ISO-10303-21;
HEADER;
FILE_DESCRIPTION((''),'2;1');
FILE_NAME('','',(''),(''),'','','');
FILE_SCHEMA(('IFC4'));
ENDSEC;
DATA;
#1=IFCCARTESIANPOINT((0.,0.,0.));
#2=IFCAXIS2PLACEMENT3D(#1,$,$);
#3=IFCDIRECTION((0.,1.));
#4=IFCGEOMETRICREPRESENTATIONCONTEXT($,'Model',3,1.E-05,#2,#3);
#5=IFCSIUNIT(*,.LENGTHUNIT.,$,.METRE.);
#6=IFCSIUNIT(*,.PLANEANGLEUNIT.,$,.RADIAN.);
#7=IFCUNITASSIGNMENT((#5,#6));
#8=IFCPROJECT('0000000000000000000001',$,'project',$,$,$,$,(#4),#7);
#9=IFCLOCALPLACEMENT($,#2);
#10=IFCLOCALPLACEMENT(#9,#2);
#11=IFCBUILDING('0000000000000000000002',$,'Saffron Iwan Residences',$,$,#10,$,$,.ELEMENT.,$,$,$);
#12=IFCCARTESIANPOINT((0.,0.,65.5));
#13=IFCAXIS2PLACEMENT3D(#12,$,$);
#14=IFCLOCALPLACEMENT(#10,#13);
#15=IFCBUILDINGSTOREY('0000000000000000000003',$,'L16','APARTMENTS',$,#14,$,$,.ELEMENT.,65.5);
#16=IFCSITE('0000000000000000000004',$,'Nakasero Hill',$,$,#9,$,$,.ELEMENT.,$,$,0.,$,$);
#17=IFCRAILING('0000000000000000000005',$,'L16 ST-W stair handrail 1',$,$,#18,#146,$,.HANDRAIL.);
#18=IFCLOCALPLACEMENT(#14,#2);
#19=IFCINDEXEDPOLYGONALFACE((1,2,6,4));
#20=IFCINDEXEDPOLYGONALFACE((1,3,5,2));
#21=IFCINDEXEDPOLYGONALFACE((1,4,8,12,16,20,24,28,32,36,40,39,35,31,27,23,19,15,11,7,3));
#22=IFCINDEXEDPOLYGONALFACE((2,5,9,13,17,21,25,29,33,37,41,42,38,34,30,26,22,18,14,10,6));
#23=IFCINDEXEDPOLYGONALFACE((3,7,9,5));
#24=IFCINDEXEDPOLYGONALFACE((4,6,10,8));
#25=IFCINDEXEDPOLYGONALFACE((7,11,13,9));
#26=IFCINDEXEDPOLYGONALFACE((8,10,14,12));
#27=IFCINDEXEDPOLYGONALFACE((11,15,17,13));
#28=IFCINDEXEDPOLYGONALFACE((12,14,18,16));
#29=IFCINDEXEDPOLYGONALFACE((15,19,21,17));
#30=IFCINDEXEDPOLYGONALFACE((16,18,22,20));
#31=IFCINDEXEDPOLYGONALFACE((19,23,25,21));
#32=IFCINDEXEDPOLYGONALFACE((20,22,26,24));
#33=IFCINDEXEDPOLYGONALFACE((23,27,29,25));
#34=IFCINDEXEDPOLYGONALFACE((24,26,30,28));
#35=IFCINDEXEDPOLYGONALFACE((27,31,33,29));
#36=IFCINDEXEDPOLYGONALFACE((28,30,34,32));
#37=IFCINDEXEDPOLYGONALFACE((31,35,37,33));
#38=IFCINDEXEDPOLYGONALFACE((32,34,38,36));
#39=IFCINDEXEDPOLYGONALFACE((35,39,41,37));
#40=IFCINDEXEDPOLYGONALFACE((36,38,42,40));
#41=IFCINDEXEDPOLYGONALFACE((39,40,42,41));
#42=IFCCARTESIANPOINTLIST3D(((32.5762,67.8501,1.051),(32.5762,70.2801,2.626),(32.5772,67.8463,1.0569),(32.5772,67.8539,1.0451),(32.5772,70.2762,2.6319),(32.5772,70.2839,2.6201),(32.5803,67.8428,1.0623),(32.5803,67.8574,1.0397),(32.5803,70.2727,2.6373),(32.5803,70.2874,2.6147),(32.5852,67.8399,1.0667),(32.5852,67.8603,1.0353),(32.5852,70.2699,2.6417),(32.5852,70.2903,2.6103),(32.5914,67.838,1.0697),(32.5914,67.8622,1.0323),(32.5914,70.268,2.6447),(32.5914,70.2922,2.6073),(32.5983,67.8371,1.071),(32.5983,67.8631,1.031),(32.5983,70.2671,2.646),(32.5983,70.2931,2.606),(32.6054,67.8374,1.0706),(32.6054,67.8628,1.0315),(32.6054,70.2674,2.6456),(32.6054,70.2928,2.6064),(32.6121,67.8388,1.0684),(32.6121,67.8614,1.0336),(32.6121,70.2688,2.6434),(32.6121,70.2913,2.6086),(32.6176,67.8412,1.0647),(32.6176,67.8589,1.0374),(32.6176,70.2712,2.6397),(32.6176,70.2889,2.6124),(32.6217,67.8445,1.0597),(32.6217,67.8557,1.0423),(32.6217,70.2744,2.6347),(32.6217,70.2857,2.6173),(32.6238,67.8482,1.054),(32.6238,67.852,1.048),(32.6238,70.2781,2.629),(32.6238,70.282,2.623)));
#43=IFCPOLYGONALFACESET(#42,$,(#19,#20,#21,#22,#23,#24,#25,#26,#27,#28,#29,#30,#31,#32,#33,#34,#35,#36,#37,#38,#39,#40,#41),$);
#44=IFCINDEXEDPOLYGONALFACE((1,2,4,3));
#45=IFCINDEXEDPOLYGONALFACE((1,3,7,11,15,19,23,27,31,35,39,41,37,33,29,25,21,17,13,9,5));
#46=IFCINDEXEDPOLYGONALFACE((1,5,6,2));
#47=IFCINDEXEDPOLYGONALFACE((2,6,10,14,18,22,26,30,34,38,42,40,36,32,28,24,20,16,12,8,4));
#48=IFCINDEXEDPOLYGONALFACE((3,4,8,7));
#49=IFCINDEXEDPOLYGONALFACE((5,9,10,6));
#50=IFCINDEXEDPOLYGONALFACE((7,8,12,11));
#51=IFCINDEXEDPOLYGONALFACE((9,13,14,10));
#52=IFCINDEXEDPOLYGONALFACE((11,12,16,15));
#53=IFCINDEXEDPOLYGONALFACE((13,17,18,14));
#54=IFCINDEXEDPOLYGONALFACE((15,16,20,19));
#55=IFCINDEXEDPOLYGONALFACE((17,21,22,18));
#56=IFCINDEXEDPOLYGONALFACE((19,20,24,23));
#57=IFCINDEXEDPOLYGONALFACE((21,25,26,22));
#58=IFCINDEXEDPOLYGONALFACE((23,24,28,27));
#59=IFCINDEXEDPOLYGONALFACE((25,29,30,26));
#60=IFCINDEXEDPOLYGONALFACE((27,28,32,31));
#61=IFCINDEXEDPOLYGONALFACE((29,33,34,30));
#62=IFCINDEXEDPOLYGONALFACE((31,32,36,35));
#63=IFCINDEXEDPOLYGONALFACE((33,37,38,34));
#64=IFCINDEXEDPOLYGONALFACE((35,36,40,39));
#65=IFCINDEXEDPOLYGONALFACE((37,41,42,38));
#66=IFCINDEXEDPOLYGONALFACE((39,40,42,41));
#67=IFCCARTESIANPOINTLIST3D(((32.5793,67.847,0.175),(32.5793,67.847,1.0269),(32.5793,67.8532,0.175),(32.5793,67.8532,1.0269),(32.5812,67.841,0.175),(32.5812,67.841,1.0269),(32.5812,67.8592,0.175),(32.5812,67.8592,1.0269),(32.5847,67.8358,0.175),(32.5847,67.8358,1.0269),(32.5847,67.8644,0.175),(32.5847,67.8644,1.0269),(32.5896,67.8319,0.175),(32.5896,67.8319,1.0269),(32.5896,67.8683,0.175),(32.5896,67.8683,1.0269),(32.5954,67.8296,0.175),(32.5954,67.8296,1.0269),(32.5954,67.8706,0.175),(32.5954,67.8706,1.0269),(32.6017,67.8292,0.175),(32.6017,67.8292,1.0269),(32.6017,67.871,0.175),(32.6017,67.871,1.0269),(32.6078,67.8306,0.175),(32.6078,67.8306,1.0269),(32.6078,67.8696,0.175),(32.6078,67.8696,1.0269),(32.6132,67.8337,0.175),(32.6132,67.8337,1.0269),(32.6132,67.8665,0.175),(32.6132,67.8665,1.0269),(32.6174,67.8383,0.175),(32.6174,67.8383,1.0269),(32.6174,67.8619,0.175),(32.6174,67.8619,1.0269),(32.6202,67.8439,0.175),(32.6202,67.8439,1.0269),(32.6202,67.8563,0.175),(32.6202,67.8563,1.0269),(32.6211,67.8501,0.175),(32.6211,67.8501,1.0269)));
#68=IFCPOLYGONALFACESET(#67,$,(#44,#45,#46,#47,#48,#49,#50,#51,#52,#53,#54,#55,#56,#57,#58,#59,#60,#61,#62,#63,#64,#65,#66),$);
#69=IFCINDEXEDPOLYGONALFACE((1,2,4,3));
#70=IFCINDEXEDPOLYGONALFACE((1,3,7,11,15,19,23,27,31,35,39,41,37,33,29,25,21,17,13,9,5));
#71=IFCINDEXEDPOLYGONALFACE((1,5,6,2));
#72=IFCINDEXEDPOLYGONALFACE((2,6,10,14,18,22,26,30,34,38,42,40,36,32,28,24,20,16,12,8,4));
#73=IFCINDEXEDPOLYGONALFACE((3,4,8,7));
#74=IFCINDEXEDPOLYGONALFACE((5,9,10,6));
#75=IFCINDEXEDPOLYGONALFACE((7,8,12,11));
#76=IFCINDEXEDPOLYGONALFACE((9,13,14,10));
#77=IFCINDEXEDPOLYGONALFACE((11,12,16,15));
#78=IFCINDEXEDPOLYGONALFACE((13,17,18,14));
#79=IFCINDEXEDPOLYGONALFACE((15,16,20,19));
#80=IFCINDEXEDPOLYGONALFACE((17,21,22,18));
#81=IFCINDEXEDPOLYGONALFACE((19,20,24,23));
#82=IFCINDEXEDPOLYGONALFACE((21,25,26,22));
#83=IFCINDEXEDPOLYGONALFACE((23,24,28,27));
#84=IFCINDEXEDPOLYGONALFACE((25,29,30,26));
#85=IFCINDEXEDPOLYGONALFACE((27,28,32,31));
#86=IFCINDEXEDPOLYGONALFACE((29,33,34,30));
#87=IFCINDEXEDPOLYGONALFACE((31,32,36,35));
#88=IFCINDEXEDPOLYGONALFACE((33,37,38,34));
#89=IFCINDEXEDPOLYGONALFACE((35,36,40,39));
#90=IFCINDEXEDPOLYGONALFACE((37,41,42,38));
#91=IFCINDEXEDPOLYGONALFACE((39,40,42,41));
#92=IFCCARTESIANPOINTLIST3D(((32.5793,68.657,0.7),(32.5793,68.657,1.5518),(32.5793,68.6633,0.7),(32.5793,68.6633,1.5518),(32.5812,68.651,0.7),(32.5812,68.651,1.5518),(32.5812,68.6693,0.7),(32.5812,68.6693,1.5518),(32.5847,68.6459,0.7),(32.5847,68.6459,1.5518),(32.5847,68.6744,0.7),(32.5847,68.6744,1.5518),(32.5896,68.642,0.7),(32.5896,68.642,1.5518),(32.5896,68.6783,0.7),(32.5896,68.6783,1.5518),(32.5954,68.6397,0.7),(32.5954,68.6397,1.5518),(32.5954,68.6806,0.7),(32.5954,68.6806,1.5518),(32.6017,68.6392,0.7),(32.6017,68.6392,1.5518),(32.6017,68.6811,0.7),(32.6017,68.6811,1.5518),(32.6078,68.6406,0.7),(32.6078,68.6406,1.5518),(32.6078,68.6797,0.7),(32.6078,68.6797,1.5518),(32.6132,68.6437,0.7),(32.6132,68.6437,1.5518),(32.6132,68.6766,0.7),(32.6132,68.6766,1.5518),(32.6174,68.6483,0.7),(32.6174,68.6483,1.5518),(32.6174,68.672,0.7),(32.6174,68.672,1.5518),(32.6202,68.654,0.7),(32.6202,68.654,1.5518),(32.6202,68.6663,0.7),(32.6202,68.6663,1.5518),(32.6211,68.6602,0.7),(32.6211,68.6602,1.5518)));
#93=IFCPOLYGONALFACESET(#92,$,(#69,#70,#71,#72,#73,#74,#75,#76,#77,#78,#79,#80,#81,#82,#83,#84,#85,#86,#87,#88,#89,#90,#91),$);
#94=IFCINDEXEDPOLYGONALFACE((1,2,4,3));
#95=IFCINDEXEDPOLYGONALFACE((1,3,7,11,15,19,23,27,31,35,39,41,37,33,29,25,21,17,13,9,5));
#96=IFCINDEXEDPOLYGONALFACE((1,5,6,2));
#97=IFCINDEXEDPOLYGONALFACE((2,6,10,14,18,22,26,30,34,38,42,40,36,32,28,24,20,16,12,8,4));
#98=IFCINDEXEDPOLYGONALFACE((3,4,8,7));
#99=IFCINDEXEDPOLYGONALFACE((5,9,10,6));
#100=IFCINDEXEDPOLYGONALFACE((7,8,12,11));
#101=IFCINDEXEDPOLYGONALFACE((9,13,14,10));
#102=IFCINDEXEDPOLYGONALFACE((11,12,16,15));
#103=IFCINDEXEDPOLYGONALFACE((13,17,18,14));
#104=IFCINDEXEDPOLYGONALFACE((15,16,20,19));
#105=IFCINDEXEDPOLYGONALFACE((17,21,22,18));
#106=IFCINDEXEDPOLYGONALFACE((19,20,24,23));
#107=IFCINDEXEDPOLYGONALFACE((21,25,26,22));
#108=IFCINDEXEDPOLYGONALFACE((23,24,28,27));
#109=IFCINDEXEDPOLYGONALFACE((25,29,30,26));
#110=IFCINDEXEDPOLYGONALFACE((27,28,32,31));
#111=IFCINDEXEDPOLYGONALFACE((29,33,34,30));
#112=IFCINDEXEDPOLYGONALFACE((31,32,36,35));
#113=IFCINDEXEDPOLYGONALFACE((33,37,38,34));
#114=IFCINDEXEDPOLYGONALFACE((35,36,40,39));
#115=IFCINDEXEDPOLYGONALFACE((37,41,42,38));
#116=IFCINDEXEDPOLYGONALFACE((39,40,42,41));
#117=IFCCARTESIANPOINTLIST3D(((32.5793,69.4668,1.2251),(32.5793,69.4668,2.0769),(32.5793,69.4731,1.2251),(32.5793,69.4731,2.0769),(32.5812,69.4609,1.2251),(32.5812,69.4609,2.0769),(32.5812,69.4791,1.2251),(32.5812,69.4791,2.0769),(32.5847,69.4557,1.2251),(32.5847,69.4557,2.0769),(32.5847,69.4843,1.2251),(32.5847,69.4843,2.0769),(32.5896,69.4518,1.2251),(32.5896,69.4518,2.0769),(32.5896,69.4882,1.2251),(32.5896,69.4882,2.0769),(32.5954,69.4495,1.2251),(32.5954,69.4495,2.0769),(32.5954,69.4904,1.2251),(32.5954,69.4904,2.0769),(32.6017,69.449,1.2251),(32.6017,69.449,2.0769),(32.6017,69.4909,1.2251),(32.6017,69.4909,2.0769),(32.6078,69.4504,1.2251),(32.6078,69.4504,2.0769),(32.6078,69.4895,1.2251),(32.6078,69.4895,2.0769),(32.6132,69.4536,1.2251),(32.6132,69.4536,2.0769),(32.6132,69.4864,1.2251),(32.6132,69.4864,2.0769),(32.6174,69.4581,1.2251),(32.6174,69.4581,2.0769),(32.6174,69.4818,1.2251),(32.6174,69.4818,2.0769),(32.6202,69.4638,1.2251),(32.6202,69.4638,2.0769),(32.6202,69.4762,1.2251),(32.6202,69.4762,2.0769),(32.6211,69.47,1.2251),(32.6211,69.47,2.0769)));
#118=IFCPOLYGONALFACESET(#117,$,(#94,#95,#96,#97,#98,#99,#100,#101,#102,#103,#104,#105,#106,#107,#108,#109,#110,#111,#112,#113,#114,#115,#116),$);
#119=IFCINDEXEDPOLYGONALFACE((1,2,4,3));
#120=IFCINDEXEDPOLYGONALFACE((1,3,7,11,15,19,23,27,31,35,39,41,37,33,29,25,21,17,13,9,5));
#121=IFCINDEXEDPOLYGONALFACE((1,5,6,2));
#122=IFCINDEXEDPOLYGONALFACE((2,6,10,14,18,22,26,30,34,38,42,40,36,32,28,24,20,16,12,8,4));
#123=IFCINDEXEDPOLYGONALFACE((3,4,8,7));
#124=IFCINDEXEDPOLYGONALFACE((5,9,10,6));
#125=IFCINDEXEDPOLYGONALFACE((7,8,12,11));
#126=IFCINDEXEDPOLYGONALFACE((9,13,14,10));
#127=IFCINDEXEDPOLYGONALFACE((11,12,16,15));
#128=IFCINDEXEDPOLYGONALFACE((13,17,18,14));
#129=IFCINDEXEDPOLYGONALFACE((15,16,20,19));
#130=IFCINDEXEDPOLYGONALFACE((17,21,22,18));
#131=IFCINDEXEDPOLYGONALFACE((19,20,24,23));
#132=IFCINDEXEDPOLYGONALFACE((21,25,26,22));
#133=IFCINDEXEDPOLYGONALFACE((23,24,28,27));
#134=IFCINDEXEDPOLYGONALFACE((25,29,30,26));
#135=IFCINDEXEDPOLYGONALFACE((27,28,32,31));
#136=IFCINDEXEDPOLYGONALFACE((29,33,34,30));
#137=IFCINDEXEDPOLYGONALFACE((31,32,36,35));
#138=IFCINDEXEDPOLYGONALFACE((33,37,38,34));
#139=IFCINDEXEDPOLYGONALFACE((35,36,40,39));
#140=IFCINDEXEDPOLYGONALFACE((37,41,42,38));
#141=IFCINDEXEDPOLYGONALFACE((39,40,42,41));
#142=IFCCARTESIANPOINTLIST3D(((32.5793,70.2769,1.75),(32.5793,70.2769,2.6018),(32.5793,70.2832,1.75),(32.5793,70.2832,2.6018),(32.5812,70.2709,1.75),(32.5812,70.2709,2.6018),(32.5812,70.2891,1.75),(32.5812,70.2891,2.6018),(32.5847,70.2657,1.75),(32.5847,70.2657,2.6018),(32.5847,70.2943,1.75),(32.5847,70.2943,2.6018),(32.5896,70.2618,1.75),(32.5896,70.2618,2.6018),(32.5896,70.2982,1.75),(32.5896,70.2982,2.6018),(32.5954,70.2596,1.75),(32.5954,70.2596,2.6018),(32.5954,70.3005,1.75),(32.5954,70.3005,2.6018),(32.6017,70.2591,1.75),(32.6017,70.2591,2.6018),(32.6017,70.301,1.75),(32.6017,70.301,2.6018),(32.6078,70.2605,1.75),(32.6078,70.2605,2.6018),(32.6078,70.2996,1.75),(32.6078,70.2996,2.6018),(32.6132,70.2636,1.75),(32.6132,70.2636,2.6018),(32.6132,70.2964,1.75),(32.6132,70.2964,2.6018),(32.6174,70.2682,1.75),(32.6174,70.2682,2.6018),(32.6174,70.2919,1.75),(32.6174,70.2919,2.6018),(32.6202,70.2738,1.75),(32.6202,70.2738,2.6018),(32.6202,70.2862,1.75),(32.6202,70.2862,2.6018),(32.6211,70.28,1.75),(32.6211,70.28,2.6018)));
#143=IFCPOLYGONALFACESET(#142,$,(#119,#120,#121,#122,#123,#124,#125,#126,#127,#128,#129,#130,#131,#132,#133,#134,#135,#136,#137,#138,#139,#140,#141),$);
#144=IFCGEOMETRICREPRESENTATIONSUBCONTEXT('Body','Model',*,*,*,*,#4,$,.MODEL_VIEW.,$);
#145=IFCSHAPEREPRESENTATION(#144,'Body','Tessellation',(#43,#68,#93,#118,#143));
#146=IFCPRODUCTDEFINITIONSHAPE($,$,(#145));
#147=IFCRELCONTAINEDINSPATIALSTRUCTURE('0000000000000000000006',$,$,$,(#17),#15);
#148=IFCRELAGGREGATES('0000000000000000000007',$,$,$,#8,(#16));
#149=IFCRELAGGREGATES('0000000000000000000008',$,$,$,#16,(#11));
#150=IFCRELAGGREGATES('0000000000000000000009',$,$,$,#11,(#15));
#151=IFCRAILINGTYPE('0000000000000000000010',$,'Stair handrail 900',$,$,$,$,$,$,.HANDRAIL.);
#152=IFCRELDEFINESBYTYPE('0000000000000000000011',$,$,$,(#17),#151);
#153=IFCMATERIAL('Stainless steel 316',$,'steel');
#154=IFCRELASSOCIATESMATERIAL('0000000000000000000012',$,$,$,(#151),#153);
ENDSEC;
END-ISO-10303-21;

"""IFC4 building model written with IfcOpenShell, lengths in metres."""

from ifc_helpers import new_model, si_unit, direction, frame, origin, origin_2d, place, context, subcontext, project, spatial, circle, extrude, material, type_object, element, save


model = new_model("IFC4")

# Units and contexts
model_context = context("Model", 3, precision=1e-05, world=origin(), true_north=direction((0.0, 1.0)))
body_context = subcontext(model_context, "Body", "Model", "MODEL_VIEW")
ifc_project = project(units=[si_unit("LENGTHUNIT", "METRE"), si_unit("PLANEANGLEUNIT", "RADIAN")], contexts=[model_context])

# Site, building, storey
site_placement = place(None, origin())
site = spatial("IfcSite", under=ifc_project, at=site_placement, Name="Nakasero Hill", CompositionType="ELEMENT", RefElevation=0.0)
building_placement = place(site_placement, origin())
building = spatial("IfcBuilding", under=site, at=building_placement, Name="Saffron Iwan Residences", CompositionType="ELEMENT")
storey_placement = place(building_placement, frame((0.0, 0.0, 65.5)))
storey = spatial("IfcBuildingStorey", under=building, at=storey_placement, Name="L16", Description="APARTMENTS", CompositionType="ELEMENT", Elevation=65.5)

# Railing
ifc_material_1 = material(Name="Stainless steel 316", Category="steel")
railing_type_1 = type_object("IfcRailingType", Name="Stair handrail 900", PredefinedType="HANDRAIL", material=ifc_material_1)
railing_1_placement = place(storey_placement, frame((32.6001, 67.8501, 0.175)))
element("IfcRailing", 1, at=railing_1_placement, inside=storey, type_object=railing_type_1, Name="L16 ST-W stair handrail 1", PredefinedType="HANDRAIL", context=body_context, shape_type="SweptSolid", body=[
    extrude(circle(Radius=0.0239, at=origin_2d()), frame((0.0, 0.0, 0.876), z_axis=(0.0, 0.839154, 0.543894), x_axis=(-1.0, 0.0, 0.0)), (0.0, 0.0, 1.0), 2.8958),
    extrude(circle(Radius=0.021, at=origin_2d()), origin(), (0.0, 0.0, 1.0), 0.8518),
    extrude(circle(Radius=0.021, at=origin_2d()), frame((0.0, 0.8101, 0.5249)), (0.0, 0.0, 1.0), 0.8518),
    extrude(circle(Radius=0.021, at=origin_2d()), frame((0.0, 1.6199, 1.05)), (0.0, 0.0, 1.0), 0.8518),
    extrude(circle(Radius=0.021, at=origin_2d()), frame((0.0, 2.4299, 1.575)), (0.0, 0.0, 1.0), 0.8518),
])

save(model, "model.ifc")
